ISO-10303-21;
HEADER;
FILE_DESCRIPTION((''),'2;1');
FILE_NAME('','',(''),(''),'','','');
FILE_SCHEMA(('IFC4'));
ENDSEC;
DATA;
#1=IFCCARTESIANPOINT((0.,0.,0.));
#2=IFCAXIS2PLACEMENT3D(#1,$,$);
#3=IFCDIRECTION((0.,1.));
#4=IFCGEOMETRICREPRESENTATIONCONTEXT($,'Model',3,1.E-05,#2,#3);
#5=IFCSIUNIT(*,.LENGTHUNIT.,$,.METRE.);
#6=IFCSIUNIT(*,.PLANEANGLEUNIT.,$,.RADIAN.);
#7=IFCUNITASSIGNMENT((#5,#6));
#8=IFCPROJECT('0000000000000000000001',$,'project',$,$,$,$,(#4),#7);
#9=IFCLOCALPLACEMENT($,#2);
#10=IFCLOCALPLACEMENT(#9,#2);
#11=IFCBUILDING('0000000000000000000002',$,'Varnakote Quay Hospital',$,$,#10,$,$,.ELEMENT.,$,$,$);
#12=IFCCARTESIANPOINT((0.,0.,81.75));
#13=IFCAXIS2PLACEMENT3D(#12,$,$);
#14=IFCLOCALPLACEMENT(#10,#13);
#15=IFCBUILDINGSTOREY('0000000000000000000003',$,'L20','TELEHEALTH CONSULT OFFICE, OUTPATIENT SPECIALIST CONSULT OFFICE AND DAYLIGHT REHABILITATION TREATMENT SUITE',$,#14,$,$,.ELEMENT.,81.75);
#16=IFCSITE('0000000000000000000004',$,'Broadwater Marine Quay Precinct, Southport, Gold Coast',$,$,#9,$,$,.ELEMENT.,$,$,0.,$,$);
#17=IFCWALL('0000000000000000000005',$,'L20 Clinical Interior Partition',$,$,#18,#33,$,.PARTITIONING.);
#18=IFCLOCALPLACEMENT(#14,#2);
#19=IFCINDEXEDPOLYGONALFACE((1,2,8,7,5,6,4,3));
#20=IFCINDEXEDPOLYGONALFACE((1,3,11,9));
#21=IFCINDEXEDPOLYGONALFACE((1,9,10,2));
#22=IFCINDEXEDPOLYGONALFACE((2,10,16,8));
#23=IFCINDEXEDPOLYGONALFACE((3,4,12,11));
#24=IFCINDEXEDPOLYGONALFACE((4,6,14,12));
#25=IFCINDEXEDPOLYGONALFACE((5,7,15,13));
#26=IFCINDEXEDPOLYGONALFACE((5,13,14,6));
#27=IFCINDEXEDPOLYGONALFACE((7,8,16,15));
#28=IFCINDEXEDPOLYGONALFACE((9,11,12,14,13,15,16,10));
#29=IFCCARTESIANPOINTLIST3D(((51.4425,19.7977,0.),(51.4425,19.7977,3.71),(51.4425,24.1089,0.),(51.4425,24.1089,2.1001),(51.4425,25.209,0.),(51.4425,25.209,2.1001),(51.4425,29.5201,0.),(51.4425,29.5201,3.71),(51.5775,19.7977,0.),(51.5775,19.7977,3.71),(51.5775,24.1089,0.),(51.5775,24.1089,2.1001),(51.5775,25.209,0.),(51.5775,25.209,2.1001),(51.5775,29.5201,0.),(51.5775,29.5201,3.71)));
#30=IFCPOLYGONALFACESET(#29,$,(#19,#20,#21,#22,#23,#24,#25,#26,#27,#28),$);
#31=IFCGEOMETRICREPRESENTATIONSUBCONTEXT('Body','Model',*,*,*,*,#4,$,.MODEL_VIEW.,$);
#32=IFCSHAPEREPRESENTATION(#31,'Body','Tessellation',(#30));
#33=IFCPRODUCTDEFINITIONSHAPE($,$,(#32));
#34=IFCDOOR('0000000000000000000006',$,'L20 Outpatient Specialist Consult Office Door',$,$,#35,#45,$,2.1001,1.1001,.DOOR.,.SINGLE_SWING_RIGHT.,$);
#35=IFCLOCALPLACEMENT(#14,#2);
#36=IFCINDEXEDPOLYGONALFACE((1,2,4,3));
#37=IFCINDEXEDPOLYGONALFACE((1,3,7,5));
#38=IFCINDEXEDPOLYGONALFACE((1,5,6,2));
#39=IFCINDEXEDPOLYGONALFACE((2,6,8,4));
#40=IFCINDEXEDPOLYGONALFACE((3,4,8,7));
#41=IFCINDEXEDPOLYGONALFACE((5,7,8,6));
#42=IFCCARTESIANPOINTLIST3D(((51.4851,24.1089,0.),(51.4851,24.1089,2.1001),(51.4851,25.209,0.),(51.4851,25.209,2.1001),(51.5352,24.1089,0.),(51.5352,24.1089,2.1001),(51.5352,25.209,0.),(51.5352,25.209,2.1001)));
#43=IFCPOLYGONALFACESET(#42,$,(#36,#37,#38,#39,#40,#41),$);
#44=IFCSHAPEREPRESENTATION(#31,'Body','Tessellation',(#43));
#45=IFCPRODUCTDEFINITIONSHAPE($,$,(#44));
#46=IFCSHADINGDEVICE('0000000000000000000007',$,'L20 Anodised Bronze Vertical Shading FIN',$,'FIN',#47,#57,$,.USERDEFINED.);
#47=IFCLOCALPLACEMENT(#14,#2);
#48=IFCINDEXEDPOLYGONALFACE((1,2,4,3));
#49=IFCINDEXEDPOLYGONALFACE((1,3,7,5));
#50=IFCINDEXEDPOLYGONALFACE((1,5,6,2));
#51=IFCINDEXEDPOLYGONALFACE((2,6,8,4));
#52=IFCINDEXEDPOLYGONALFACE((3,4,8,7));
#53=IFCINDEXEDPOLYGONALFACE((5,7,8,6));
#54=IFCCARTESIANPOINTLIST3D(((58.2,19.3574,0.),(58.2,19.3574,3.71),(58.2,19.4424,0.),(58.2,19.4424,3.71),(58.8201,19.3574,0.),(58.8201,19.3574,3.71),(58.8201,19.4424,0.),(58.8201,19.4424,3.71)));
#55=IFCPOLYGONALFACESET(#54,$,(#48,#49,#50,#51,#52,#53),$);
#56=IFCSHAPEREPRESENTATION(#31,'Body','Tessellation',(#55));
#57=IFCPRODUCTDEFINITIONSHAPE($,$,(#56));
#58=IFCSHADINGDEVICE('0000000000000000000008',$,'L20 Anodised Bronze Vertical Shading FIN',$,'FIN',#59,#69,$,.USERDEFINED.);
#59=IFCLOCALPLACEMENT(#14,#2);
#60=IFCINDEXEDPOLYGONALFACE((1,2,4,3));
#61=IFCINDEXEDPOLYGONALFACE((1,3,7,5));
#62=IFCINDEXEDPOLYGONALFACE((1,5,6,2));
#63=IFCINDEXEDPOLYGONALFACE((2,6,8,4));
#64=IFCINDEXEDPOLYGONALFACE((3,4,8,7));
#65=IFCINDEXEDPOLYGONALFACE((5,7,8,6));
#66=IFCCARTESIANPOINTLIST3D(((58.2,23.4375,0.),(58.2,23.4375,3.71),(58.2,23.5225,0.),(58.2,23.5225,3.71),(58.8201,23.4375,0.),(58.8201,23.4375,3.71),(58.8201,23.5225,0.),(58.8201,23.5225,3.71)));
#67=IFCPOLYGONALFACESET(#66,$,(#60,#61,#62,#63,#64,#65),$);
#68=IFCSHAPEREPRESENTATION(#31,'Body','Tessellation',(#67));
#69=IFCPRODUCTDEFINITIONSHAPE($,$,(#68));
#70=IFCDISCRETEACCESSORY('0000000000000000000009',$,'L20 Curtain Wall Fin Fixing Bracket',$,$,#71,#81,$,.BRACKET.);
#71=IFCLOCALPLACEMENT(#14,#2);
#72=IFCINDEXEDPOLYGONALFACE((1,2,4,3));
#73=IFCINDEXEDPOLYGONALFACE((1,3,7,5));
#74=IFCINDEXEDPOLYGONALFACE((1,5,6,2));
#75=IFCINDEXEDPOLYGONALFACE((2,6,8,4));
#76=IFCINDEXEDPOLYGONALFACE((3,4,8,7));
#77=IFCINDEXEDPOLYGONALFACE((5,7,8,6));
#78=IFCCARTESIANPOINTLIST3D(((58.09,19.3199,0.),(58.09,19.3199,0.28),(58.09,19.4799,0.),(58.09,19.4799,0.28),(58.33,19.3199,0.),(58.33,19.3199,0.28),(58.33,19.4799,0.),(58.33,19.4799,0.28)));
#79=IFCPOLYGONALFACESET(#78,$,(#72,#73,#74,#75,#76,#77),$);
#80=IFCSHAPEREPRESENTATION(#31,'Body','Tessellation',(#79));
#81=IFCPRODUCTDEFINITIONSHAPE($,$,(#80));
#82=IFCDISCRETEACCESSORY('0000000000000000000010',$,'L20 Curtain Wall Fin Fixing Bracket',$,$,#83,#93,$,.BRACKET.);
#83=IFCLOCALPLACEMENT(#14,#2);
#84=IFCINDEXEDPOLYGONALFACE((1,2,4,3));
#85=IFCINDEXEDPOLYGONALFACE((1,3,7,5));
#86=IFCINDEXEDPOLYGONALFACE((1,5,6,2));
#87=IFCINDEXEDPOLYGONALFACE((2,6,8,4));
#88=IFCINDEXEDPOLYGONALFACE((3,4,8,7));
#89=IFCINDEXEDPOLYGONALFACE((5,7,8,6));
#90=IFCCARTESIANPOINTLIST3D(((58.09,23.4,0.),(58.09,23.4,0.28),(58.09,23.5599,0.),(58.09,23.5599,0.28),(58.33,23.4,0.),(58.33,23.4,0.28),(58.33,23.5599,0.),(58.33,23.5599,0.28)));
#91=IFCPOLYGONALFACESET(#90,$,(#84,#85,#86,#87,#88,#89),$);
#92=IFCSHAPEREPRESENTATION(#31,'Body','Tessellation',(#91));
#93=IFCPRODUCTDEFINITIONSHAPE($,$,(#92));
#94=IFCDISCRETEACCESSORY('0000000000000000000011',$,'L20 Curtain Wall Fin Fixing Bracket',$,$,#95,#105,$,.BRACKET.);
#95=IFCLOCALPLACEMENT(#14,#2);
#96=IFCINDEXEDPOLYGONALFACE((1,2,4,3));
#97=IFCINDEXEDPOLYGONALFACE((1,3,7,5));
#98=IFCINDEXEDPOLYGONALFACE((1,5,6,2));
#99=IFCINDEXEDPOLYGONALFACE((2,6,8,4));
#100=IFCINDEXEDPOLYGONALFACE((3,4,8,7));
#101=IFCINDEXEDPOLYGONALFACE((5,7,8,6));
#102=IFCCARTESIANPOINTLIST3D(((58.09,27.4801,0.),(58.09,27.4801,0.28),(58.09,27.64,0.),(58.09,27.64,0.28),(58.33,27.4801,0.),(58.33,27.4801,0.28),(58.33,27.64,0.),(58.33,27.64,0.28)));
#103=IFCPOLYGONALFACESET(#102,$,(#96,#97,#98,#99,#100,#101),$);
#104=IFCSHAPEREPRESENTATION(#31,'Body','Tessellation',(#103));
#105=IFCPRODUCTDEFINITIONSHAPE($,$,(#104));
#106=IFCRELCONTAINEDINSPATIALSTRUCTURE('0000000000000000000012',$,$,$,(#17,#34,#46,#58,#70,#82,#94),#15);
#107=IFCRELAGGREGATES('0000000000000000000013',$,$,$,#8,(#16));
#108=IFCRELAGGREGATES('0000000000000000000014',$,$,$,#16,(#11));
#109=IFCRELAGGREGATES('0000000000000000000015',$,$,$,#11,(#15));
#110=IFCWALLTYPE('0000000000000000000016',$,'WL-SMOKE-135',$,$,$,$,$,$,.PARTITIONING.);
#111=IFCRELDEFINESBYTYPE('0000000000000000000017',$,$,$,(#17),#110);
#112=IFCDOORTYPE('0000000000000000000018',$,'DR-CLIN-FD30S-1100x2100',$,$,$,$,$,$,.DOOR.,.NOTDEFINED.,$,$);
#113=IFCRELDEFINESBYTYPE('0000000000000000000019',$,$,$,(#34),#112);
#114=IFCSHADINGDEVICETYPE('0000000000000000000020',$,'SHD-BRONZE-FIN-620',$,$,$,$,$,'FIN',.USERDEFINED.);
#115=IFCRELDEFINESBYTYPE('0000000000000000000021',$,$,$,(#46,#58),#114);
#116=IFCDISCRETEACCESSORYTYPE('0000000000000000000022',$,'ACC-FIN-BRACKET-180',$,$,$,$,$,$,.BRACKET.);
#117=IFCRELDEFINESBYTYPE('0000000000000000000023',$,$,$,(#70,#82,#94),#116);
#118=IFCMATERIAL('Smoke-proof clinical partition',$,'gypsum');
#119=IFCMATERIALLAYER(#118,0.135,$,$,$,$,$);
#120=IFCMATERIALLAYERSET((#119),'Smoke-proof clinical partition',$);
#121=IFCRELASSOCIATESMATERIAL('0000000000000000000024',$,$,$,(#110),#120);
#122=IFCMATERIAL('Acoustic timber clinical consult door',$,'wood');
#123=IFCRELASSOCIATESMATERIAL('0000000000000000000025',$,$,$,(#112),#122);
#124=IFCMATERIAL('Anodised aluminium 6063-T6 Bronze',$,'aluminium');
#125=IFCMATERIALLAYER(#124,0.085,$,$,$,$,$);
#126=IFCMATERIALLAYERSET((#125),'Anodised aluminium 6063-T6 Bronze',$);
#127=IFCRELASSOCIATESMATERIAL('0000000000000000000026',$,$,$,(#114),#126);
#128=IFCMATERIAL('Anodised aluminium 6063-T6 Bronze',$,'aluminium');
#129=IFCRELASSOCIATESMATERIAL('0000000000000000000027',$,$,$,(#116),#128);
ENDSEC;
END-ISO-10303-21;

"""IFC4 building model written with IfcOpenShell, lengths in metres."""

from ifc_helpers import new_model, si_unit, direction, frame, frame_2d, origin, origin_2d, place, context, subcontext, project, spatial, rectangle, extrude, material, layer, layer_set, type_object, element, fill, save


model = new_model("IFC4")

# Units and contexts
model_context = context("Model", 3, precision=1e-05, world=origin(), true_north=direction((0.0, 1.0)))
body_context = subcontext(model_context, "Body", "Model", "MODEL_VIEW")
ifc_project = project(units=[si_unit("LENGTHUNIT", "METRE"), si_unit("PLANEANGLEUNIT", "RADIAN")], contexts=[model_context])

# Site, building, storey
site_placement = place(None, origin())
site = spatial("IfcSite", under=ifc_project, at=site_placement, Name="Broadwater Marine Quay Precinct, Southport, Gold Coast", CompositionType="ELEMENT", RefElevation=0.0)
building_placement = place(site_placement, origin())
building = spatial("IfcBuilding", under=site, at=building_placement, Name="Varnakote Quay Hospital", CompositionType="ELEMENT")
storey_placement = place(building_placement, frame((0.0, 0.0, 81.75)))
storey = spatial("IfcBuildingStorey", under=building, at=storey_placement, Name="L20", Description="TELEHEALTH CONSULT OFFICE, OUTPATIENT SPECIALIST CONSULT OFFICE AND DAYLIGHT REHABILITATION TREATMENT SUITE", CompositionType="ELEMENT", Elevation=81.75)

# Shared definitions
ifc_material_1 = material(Name="Smoke-proof clinical partition", Category="gypsum")
ifc_layer_1 = layer(ifc_material_1, 0.135)
ifc_layer_set_1 = layer_set([ifc_layer_1], Name="Smoke-proof clinical partition")
wall_type_1 = type_object("IfcWallType", Name="WL-SMOKE-135", PredefinedType="PARTITIONING", material=ifc_layer_set_1)

# Wall, opening, door
wall_1_placement = place(storey_placement, frame((51.51, 19.7976, 0.0), z_axis=(0.0, 0.0, 1.0), x_axis=(0.0, 1.0, 0.0)))
wall_1 = element("IfcWall", 1, at=wall_1_placement, inside=storey, type_object=wall_type_1, Name="L20 Clinical Interior Partition", PredefinedType="PARTITIONING", context=body_context, shape_type="SweptSolid", body=[
    extrude(rectangle(XDim=9.7224, YDim=0.135, at=frame_2d((4.8613, 0.0))), origin(), (0.0, 0.0, 1.0), 3.71),
])
opening_placement = place(wall_1_placement, frame((4.3113, 0.0, 0.0)))
opening = element("IfcOpeningElement", 2, at=opening_placement, cuts=wall_1, PredefinedType="OPENING", context=body_context, shape_type="SweptSolid", body=[
    extrude(rectangle(XDim=1.1001, YDim=2.1001, at=frame_2d((0.55, 1.05))), frame((0.0, 0.0774, 0.0), z_axis=(0.0, -1.0, 0.0), x_axis=(1.0, 0.0, 0.0)), (0.0, 0.0, 1.0), 0.155),
])
ifc_material_2 = material(Name="Acoustic timber clinical consult door", Category="wood")
door_type = type_object("IfcDoorType", Name="DR-CLIN-FD30S-1100x2100", OperationType="NOTDEFINED", PredefinedType="DOOR", material=ifc_material_2)
door_placement = place(opening_placement, origin())
door = element("IfcDoor", 3, at=door_placement, inside=storey, type_object=door_type, Name="L20 Outpatient Specialist Consult Office Door", OperationType="SINGLE_SWING_RIGHT", OverallHeight=2.1001, OverallWidth=1.1001, PredefinedType="DOOR", context=body_context, shape_type="SweptSolid", body=[
    extrude(rectangle(XDim=1.1001, YDim=2.1001, at=frame_2d((0.55, 1.05))), frame((0.0, 0.0249, 0.0), z_axis=(0.0, -1.0, 0.0), x_axis=(1.0, 0.0, 0.0)), (0.0, 0.0, 1.0), 0.05),
])
fill(opening, door)

# Shading devices
ifc_material_3 = material(Name="Anodised aluminium 6063-T6 Bronze", Category="aluminium")
ifc_layer_2 = layer(ifc_material_3, 0.085)
ifc_layer_set_2 = layer_set([ifc_layer_2], Name="Anodised aluminium 6063-T6 Bronze")
shading_device_type = type_object("IfcShadingDeviceType", Name="SHD-BRONZE-FIN-620", ElementType="FIN", PredefinedType="USERDEFINED", material=ifc_layer_set_2)
for number, where, z_axis, x_axis, name in (
    (4, (58.51, 19.3999, 0.0), (0.0, 0.0, 1.0), (-1.0, 0.0, 0.0), "L20 Anodised Bronze Vertical Shading FIN"),
    (5, (58.51, 23.48, 0.0), (0.0, 0.0, 1.0), (-1.0, 0.0, 0.0), "L20 Anodised Bronze Vertical Shading FIN"),
):
    element("IfcShadingDevice", number, at=place(storey_placement, frame(where, z_axis=z_axis, x_axis=x_axis)), inside=storey, type_object=shading_device_type, Name=name, ObjectType="FIN", PredefinedType="USERDEFINED", context=body_context, shape_type="SweptSolid", body=[
        extrude(rectangle(XDim=0.6201, YDim=0.085, at=origin_2d()), origin(), (0.0, 0.0, 1.0), 3.71),
    ])

# Discrete accessories
ifc_material_4 = material(Name="Anodised aluminium 6063-T6 Bronze", Category="aluminium")
discrete_accessory_type = type_object("IfcDiscreteAccessoryType", Name="ACC-FIN-BRACKET-180", PredefinedType="BRACKET", material=ifc_material_4)
for number, where, z_axis, x_axis, name in (
    (6, (58.21, 19.3999, 0.0), (0.0, 0.0, 1.0), (0.0, 1.0, 0.0), "L20 Curtain Wall Fin Fixing Bracket"),
    (7, (58.21, 23.48, 0.0), (0.0, 0.0, 1.0), (0.0, 1.0, 0.0), "L20 Curtain Wall Fin Fixing Bracket"),
    (8, (58.21, 27.5601, 0.0), (0.0, 0.0, 1.0), (0.0, 1.0, 0.0), "L20 Curtain Wall Fin Fixing Bracket"),
):
    element("IfcDiscreteAccessory", number, at=place(storey_placement, frame(where, z_axis=z_axis, x_axis=x_axis)), inside=storey, type_object=discrete_accessory_type, Name=name, PredefinedType="BRACKET", context=body_context, shape_type="SweptSolid", body=[
        extrude(rectangle(XDim=0.1599, YDim=0.24, at=origin_2d()), origin(), (0.0, 0.0, 1.0), 0.28),
    ])

save(model, "model.ifc")
